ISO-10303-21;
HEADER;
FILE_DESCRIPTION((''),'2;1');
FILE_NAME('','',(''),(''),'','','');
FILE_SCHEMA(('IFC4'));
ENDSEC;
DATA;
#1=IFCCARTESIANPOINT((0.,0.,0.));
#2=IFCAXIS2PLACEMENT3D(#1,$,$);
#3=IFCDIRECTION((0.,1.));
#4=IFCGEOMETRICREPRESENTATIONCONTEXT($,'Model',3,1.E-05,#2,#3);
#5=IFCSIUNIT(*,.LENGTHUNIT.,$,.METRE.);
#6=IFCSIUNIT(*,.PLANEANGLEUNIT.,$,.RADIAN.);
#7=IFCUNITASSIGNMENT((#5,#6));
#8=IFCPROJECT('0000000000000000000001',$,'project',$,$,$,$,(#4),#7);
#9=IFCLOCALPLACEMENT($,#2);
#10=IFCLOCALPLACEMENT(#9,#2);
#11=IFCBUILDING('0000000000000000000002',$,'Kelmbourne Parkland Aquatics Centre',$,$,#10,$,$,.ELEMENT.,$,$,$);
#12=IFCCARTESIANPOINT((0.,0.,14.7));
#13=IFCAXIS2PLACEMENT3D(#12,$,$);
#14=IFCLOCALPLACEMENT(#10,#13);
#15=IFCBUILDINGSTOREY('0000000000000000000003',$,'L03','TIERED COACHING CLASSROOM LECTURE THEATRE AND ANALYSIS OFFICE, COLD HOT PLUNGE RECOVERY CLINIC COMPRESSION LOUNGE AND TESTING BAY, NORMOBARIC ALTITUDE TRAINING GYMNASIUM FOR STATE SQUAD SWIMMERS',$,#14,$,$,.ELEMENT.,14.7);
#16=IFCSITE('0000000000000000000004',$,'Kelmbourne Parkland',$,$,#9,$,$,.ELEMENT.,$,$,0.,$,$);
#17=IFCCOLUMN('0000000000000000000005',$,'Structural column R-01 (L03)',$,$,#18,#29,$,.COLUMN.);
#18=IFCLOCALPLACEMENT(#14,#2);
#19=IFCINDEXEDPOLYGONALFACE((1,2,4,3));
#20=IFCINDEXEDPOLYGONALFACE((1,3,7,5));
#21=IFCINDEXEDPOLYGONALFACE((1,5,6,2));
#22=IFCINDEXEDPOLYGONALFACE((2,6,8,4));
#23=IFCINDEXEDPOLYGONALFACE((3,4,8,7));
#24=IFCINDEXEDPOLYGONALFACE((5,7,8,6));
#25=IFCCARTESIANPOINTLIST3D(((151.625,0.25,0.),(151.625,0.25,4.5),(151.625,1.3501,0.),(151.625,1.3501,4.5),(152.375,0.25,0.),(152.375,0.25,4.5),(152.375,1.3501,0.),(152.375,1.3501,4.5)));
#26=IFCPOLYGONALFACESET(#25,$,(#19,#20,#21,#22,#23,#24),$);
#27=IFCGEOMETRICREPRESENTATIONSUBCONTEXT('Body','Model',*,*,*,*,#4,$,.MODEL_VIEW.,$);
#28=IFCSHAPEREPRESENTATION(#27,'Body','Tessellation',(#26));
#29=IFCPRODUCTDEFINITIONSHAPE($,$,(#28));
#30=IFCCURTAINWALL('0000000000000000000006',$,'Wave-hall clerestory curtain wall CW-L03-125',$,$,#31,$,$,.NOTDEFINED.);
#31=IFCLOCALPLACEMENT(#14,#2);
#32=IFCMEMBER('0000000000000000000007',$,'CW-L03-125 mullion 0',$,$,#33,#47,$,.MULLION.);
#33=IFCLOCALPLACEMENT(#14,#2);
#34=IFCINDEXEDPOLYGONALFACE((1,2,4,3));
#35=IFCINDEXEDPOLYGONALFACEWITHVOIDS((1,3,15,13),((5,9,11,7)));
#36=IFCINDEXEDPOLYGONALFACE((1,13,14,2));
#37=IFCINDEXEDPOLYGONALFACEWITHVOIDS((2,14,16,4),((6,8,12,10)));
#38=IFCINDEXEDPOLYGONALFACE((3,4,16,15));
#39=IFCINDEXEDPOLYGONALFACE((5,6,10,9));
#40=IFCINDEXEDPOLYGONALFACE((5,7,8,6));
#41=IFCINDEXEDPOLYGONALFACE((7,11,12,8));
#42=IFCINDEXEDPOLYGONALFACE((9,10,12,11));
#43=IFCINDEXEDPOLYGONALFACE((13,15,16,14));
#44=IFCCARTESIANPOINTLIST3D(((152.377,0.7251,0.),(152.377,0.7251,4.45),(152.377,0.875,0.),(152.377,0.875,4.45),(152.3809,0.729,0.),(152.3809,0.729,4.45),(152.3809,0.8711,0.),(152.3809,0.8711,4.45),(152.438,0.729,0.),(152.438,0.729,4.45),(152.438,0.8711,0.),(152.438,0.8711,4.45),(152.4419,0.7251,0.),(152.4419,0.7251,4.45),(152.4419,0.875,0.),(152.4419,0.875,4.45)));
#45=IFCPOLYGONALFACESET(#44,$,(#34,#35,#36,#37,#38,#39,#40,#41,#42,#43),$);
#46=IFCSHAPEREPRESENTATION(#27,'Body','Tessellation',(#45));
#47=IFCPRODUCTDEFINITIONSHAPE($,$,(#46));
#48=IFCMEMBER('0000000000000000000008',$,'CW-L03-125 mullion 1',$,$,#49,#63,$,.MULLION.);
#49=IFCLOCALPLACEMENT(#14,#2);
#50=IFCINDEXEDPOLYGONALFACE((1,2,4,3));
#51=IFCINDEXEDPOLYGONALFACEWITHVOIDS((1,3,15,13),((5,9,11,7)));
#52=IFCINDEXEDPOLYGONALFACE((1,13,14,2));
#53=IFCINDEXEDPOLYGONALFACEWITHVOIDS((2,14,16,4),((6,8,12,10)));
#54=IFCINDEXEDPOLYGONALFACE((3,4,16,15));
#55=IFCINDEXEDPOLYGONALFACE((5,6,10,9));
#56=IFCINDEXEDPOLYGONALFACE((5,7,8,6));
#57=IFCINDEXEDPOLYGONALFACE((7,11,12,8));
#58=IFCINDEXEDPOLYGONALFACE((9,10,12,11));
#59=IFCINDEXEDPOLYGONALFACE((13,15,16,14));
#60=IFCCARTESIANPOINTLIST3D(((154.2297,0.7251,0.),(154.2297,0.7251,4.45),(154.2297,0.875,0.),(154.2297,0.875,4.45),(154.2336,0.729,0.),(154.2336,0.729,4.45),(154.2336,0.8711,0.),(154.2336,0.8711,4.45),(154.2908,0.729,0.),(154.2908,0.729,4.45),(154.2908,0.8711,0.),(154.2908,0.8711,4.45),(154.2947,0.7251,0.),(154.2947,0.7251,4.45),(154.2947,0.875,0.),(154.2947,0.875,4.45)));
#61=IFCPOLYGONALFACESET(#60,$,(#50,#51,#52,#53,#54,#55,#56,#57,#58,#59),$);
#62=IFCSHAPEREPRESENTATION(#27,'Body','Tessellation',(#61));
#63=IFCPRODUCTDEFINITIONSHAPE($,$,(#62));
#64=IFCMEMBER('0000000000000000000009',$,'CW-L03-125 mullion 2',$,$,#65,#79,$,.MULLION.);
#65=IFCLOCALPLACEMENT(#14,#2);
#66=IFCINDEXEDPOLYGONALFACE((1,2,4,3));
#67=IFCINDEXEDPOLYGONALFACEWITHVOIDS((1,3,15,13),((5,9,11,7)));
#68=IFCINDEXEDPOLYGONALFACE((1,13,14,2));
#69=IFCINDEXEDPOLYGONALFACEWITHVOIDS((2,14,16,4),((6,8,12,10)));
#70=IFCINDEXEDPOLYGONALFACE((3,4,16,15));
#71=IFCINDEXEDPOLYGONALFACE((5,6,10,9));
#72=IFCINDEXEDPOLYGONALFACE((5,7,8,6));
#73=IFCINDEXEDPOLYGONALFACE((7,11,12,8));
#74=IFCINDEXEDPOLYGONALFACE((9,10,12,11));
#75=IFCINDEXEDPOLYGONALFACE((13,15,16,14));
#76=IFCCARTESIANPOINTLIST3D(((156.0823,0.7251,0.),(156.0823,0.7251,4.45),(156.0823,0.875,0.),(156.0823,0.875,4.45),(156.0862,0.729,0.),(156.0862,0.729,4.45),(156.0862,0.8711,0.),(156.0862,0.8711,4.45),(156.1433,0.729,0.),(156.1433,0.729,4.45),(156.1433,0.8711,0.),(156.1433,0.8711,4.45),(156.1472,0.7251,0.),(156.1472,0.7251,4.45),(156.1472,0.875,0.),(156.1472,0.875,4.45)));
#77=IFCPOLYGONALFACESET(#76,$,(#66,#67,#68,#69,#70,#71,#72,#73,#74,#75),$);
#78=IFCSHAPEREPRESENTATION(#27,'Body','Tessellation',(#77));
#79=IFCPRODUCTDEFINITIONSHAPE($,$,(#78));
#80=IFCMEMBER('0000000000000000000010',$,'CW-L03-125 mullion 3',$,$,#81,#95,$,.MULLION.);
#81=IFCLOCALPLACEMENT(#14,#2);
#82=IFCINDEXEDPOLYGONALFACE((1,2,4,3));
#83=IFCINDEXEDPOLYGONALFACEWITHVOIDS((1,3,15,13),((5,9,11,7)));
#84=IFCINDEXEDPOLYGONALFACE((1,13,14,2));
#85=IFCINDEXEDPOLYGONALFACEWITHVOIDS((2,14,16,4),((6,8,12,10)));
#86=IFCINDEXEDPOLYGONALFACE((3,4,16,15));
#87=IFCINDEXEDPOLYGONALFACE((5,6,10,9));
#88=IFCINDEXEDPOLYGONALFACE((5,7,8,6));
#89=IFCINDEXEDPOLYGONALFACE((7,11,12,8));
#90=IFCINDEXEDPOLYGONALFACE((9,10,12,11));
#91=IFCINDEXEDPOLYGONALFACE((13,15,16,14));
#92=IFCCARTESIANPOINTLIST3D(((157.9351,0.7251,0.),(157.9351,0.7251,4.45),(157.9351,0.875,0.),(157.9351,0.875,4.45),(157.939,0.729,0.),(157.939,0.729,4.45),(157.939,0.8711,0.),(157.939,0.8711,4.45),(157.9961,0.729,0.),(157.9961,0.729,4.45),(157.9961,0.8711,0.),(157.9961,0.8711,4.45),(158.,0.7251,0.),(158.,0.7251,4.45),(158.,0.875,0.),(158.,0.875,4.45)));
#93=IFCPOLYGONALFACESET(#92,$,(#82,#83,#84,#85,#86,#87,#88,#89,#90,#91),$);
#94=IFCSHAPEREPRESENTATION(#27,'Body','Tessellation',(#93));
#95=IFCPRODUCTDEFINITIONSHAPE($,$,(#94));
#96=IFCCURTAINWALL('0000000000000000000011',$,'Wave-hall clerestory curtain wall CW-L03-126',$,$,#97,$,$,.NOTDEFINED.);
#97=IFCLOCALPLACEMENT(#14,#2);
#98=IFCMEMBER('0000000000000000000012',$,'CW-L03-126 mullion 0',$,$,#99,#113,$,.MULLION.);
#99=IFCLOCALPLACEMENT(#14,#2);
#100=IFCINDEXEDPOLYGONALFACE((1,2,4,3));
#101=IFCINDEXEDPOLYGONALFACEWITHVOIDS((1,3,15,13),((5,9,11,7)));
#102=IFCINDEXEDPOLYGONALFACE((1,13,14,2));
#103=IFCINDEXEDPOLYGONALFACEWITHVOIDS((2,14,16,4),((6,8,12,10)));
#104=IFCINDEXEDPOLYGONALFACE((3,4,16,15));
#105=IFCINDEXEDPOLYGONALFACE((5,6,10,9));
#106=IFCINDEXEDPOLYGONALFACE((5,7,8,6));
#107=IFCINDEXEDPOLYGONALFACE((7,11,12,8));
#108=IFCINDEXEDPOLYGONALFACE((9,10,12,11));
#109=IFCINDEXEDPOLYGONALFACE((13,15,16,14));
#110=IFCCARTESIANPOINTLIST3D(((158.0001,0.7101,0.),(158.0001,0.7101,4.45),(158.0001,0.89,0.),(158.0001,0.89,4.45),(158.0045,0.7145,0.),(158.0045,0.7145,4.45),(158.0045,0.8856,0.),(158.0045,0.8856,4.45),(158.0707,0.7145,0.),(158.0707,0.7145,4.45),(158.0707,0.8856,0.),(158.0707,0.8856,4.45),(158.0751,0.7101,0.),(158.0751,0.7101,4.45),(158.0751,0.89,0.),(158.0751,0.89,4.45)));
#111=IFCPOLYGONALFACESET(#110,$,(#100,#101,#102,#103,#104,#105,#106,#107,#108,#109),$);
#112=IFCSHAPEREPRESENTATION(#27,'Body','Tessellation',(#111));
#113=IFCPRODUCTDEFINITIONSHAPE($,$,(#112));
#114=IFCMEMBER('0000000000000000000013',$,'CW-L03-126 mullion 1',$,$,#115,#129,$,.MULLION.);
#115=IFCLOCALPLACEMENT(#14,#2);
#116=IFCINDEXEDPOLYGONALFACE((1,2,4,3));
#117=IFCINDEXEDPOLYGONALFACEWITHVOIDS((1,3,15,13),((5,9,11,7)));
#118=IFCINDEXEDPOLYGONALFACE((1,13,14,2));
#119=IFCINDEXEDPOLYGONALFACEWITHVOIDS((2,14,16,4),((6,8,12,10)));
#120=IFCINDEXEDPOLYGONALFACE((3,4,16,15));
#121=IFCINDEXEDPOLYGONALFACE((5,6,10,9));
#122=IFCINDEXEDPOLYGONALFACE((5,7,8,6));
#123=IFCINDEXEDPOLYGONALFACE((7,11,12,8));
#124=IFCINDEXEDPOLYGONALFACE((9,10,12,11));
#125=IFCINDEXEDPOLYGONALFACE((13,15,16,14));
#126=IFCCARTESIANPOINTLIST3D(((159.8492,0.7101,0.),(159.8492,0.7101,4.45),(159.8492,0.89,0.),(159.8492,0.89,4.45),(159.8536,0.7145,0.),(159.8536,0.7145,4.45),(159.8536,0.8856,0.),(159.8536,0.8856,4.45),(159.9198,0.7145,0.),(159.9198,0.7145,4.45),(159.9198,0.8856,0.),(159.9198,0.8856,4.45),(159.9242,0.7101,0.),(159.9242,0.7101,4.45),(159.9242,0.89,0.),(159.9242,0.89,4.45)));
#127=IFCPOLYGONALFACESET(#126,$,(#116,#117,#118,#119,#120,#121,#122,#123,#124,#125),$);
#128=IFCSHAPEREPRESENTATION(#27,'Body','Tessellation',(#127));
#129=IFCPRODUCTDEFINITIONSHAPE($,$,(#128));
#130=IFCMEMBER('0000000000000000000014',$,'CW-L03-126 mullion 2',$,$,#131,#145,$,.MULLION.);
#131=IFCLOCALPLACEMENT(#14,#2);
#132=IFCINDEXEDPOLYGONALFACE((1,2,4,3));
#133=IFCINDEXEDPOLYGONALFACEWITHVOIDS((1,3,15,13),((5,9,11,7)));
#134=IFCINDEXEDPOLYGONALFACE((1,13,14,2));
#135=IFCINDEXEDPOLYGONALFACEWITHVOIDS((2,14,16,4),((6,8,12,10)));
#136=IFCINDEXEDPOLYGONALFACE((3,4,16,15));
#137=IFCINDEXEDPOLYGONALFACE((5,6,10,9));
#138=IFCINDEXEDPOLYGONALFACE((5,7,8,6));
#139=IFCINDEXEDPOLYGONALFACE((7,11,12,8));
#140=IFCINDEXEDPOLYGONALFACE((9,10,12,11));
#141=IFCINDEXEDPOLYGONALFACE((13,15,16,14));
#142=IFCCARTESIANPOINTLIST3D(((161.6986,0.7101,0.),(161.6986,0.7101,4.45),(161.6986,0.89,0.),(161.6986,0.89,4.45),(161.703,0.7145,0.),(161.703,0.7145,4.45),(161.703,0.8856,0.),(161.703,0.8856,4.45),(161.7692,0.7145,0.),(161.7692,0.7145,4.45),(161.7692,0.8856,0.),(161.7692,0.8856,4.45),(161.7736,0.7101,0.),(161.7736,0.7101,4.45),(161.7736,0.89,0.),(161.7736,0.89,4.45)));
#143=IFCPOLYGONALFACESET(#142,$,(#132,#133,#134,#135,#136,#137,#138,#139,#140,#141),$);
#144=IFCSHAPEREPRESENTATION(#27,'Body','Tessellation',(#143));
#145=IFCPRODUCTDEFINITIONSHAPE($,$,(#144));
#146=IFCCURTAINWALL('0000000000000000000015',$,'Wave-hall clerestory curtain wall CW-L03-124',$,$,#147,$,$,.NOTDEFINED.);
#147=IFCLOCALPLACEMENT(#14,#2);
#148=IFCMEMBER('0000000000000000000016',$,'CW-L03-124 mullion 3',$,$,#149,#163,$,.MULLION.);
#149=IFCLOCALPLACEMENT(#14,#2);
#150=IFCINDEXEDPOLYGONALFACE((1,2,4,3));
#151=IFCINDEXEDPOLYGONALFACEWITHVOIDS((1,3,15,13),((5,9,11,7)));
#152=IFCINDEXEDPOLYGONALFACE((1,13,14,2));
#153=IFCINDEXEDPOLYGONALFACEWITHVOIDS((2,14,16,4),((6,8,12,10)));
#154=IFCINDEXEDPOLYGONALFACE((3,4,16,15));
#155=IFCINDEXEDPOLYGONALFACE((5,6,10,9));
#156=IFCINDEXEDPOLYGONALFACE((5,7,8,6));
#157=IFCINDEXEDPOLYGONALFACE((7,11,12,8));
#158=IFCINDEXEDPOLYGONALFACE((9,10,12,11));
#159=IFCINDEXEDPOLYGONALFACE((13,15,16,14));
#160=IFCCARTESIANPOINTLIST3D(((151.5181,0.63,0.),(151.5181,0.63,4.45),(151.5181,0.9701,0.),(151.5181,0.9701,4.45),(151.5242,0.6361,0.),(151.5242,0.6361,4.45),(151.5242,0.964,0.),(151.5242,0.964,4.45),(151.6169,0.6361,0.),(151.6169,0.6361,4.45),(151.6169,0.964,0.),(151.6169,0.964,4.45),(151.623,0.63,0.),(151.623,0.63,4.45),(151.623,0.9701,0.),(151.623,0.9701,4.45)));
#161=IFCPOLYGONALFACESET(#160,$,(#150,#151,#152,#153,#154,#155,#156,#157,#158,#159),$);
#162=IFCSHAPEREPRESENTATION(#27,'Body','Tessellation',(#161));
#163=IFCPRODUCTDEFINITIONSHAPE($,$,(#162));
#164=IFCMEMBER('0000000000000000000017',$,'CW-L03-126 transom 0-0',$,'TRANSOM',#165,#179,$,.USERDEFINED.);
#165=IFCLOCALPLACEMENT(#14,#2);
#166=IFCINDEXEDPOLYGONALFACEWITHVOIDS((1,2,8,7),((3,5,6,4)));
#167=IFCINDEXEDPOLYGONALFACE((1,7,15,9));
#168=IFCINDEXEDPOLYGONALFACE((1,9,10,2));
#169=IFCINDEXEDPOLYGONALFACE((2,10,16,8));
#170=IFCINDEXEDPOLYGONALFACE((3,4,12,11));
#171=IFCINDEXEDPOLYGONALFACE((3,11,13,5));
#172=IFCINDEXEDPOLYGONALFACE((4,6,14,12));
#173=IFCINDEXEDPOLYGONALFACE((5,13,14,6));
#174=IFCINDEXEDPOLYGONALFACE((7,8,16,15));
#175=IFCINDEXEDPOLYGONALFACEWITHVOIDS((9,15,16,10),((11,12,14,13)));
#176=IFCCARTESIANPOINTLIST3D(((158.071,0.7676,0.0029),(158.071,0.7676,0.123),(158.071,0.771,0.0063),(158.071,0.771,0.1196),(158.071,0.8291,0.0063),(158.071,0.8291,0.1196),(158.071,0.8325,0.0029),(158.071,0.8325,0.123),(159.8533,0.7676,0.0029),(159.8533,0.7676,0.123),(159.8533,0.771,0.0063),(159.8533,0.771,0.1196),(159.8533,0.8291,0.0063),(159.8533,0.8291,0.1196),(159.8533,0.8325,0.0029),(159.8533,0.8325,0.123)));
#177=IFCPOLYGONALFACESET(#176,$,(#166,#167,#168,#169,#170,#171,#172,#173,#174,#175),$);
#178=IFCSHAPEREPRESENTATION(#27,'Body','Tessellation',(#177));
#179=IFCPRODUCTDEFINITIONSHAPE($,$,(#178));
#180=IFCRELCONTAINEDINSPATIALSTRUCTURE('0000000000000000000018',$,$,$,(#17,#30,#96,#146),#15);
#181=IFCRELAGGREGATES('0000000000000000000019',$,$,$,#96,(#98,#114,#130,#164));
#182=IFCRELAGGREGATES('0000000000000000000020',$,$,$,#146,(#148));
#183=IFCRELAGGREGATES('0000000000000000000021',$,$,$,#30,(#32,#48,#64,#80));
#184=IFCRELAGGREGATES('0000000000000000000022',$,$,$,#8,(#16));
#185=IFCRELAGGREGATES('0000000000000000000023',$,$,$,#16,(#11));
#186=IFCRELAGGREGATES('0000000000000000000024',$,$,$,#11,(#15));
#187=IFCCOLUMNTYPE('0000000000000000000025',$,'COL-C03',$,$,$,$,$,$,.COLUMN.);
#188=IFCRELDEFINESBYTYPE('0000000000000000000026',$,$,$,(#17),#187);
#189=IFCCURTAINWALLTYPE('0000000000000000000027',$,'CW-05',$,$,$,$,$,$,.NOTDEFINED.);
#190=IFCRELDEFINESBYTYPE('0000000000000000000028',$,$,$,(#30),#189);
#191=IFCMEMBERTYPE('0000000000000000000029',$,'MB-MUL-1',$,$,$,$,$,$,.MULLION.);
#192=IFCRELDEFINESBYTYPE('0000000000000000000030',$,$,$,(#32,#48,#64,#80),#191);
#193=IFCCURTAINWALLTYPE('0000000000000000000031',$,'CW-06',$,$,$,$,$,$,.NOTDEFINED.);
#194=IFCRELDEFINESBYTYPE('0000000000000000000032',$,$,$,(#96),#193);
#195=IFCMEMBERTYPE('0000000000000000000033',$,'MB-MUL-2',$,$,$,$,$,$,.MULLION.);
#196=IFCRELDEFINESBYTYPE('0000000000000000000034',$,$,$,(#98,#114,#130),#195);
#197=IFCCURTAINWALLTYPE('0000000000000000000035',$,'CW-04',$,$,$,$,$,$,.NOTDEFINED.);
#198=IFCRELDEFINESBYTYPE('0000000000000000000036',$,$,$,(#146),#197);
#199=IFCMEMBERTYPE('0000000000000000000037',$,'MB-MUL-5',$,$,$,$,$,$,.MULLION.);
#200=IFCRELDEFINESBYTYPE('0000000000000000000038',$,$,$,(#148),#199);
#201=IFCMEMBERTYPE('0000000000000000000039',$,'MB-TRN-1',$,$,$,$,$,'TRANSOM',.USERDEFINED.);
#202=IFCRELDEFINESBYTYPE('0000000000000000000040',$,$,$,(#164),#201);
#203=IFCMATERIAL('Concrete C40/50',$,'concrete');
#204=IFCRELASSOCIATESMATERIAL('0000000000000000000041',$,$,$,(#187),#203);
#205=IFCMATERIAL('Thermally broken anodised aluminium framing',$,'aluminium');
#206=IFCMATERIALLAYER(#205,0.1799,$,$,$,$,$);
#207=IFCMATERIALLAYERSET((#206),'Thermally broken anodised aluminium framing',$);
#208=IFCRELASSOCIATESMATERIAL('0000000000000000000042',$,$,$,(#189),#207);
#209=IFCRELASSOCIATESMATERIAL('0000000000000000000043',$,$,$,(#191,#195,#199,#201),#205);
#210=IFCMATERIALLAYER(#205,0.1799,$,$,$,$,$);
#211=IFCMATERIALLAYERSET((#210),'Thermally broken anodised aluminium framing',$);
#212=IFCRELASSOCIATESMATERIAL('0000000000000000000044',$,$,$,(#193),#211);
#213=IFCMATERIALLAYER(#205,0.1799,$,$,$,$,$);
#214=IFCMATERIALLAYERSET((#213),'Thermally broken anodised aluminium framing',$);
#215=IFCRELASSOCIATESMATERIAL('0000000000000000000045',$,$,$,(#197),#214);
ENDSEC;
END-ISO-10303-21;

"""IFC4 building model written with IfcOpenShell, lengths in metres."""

from ifc_helpers import new_model, si_unit, direction, frame, origin, origin_2d, place, context, subcontext, project, spatial, rectangle, hollow_rectangle, extrude, material, layer, layer_set, material_profile, profile_set, type_object, element, aggregate, save


model = new_model("IFC4")

# Units and contexts
model_context = context("Model", 3, precision=1e-05, world=origin(), true_north=direction((0.0, 1.0)))
body_context = subcontext(model_context, "Body", "Model", "MODEL_VIEW")
ifc_project = project(units=[si_unit("LENGTHUNIT", "METRE"), si_unit("PLANEANGLEUNIT", "RADIAN")], contexts=[model_context])

# Site, building, storey
site_placement = place(None, origin())
site = spatial("IfcSite", under=ifc_project, at=site_placement, Name="Kelmbourne Parkland", CompositionType="ELEMENT", RefElevation=0.0)
building_placement = place(site_placement, origin())
building = spatial("IfcBuilding", under=site, at=building_placement, Name="Kelmbourne Parkland Aquatics Centre", CompositionType="ELEMENT")
storey_placement = place(building_placement, frame((0.0, 0.0, 14.7)))
storey = spatial("IfcBuildingStorey", under=building, at=storey_placement, Name="L03", Description="TIERED COACHING CLASSROOM LECTURE THEATRE AND ANALYSIS OFFICE, COLD HOT PLUNGE RECOVERY CLINIC COMPRESSION LOUNGE AND TESTING BAY, NORMOBARIC ALTITUDE TRAINING GYMNASIUM FOR STATE SQUAD SWIMMERS", CompositionType="ELEMENT", Elevation=14.7)

# Column
ifc_material_1 = material(Name="Concrete C40/50", Category="concrete")
ifc_material_profile_1 = material_profile(ifc_material_1, rectangle(XDim=0.75, YDim=1.1001, at=origin_2d()), Name="RC 750x1100")
ifc_profile_set_1 = profile_set([ifc_material_profile_1], Name="Concrete C40/50")
column_type = type_object("IfcColumnType", Name="COL-C03", PredefinedType="COLUMN", material=ifc_profile_set_1)
column_placement = place(storey_placement, frame((152.0, 0.8, 0.0), z_axis=(0.0, 0.0, 1.0), x_axis=(1.0, 0.0, 0.0)))
element("IfcColumn", 1, at=column_placement, inside=storey, type_object=column_type, Name="Structural column R-01 (L03)", PredefinedType="COLUMN", context=body_context, shape_type="SweptSolid", body=[
    extrude(rectangle(XDim=0.75, YDim=1.1001, at=origin_2d()), origin(), (0.0, 0.0, 1.0), 4.5),
])

# Curtain walls, members
ifc_material_2 = material(Name="Thermally broken anodised aluminium framing", Category="aluminium")
ifc_layer_1 = layer(ifc_material_2, 0.1799)
ifc_layer_set_1 = layer_set([ifc_layer_1], Name="Thermally broken anodised aluminium framing")
curtain_wall_type_1 = type_object("IfcCurtainWallType", Name="CW-05", PredefinedType="NOTDEFINED", material=ifc_layer_set_1)
curtain_wall_1_placement = place(storey_placement, origin())
curtain_wall_1 = element("IfcCurtainWall", 2, at=curtain_wall_1_placement, inside=storey, type_object=curtain_wall_type_1, Name="Wave-hall clerestory curtain wall CW-L03-125", PredefinedType="NOTDEFINED")
ifc_material_profile_2 = material_profile(ifc_material_2, hollow_rectangle(XDim=0.0649, YDim=0.1499, WallThickness=0.0039, at=origin_2d()), Name="CW-M 65x150")
ifc_profile_set_2 = profile_set([ifc_material_profile_2], Name="Thermally broken anodised aluminium framing")
member_type_1 = type_object("IfcMemberType", Name="MB-MUL-1", PredefinedType="MULLION", material=ifc_profile_set_2)
member_1_placement = place(storey_placement, frame((152.4094, 0.8, 0.0), z_axis=(0.0, 0.0, 1.0), x_axis=(1.0, 0.0, 0.0)))
member_1 = element("IfcMember", 3, at=member_1_placement, type_object=member_type_1, Name="CW-L03-125 mullion 0", PredefinedType="MULLION", context=body_context, shape_type="SweptSolid", body=[
    extrude(hollow_rectangle(XDim=0.0649, YDim=0.1499, WallThickness=0.0039, at=origin_2d()), origin(), (0.0, 0.0, 1.0), 4.45),
])
member_2_placement = place(storey_placement, frame((154.2622, 0.8, 0.0), z_axis=(0.0, 0.0, 1.0), x_axis=(1.0, 0.0, 0.0)))
member_2 = element("IfcMember", 4, at=member_2_placement, type_object=member_type_1, Name="CW-L03-125 mullion 1", PredefinedType="MULLION", context=body_context, shape_type="SweptSolid", body=[
    extrude(hollow_rectangle(XDim=0.0649, YDim=0.1499, WallThickness=0.0039, at=origin_2d()), origin(), (0.0, 0.0, 1.0), 4.45),
])
member_3_placement = place(storey_placement, frame((156.1147, 0.8, 0.0), z_axis=(0.0, 0.0, 1.0), x_axis=(1.0, 0.0, 0.0)))
member_3 = element("IfcMember", 5, at=member_3_placement, type_object=member_type_1, Name="CW-L03-125 mullion 2", PredefinedType="MULLION", context=body_context, shape_type="SweptSolid", body=[
    extrude(hollow_rectangle(XDim=0.0649, YDim=0.1499, WallThickness=0.0039, at=origin_2d()), origin(), (0.0, 0.0, 1.0), 4.45),
])
member_4_placement = place(storey_placement, frame((157.9675, 0.8, 0.0), z_axis=(0.0, 0.0, 1.0), x_axis=(1.0, 0.0, 0.0)))
member_4 = element("IfcMember", 6, at=member_4_placement, type_object=member_type_1, Name="CW-L03-125 mullion 3", PredefinedType="MULLION", context=body_context, shape_type="SweptSolid", body=[
    extrude(hollow_rectangle(XDim=0.0649, YDim=0.1499, WallThickness=0.0039, at=origin_2d()), origin(), (0.0, 0.0, 1.0), 4.45),
])
ifc_layer_2 = layer(ifc_material_2, 0.1799)
ifc_layer_set_2 = layer_set([ifc_layer_2], Name="Thermally broken anodised aluminium framing")
curtain_wall_type_2 = type_object("IfcCurtainWallType", Name="CW-06", PredefinedType="NOTDEFINED", material=ifc_layer_set_2)
curtain_wall_2_placement = place(storey_placement, origin())
curtain_wall_2 = element("IfcCurtainWall", 7, at=curtain_wall_2_placement, inside=storey, type_object=curtain_wall_type_2, Name="Wave-hall clerestory curtain wall CW-L03-126", PredefinedType="NOTDEFINED")
ifc_material_profile_3 = material_profile(ifc_material_2, hollow_rectangle(XDim=0.075, YDim=0.1799, WallThickness=0.0044, at=origin_2d()), Name="CW-M 75x180")
ifc_profile_set_3 = profile_set([ifc_material_profile_3], Name="Thermally broken anodised aluminium framing")
member_type_2 = type_object("IfcMemberType", Name="MB-MUL-2", PredefinedType="MULLION", material=ifc_profile_set_3)
member_5_placement = place(storey_placement, frame((158.0376, 0.8, 0.0), z_axis=(0.0, 0.0, 1.0), x_axis=(1.0, 0.0, 0.0)))
member_5 = element("IfcMember", 8, at=member_5_placement, type_object=member_type_2, Name="CW-L03-126 mullion 0", PredefinedType="MULLION", context=body_context, shape_type="SweptSolid", body=[
    extrude(hollow_rectangle(XDim=0.075, YDim=0.1799, WallThickness=0.0044, at=origin_2d()), origin(), (0.0, 0.0, 1.0), 4.45),
])
member_6_placement = place(storey_placement, frame((159.8867, 0.8, 0.0), z_axis=(0.0, 0.0, 1.0), x_axis=(1.0, 0.0, 0.0)))
member_6 = element("IfcMember", 9, at=member_6_placement, type_object=member_type_2, Name="CW-L03-126 mullion 1", PredefinedType="MULLION", context=body_context, shape_type="SweptSolid", body=[
    extrude(hollow_rectangle(XDim=0.075, YDim=0.1799, WallThickness=0.0044, at=origin_2d()), origin(), (0.0, 0.0, 1.0), 4.45),
])
member_7_placement = place(storey_placement, frame((161.7361, 0.8, 0.0), z_axis=(0.0, 0.0, 1.0), x_axis=(1.0, 0.0, 0.0)))
member_7 = element("IfcMember", 10, at=member_7_placement, type_object=member_type_2, Name="CW-L03-126 mullion 2", PredefinedType="MULLION", context=body_context, shape_type="SweptSolid", body=[
    extrude(hollow_rectangle(XDim=0.075, YDim=0.1799, WallThickness=0.0044, at=origin_2d()), origin(), (0.0, 0.0, 1.0), 4.45),
])

# Curtain wall, member
ifc_layer_3 = layer(ifc_material_2, 0.1799)
ifc_layer_set_3 = layer_set([ifc_layer_3], Name="Thermally broken anodised aluminium framing")
curtain_wall_type_3 = type_object("IfcCurtainWallType", Name="CW-04", PredefinedType="NOTDEFINED", material=ifc_layer_set_3)
curtain_wall_3_placement = place(storey_placement, origin())
curtain_wall_3 = element("IfcCurtainWall", 11, at=curtain_wall_3_placement, inside=storey, type_object=curtain_wall_type_3, Name="Wave-hall clerestory curtain wall CW-L03-124", PredefinedType="NOTDEFINED")
ifc_material_profile_4 = material_profile(ifc_material_2, hollow_rectangle(XDim=0.105, YDim=0.3401, WallThickness=0.0061, at=origin_2d()), Name="CW-M 105x340")
ifc_profile_set_4 = profile_set([ifc_material_profile_4], Name="Thermally broken anodised aluminium framing")
member_type_3 = type_object("IfcMemberType", Name="MB-MUL-5", PredefinedType="MULLION", material=ifc_profile_set_4)
member_8_placement = place(storey_placement, frame((151.5706, 0.8, 0.0), z_axis=(0.0, 0.0, 1.0), x_axis=(1.0, 0.0, 0.0)))
member_8 = element("IfcMember", 12, at=member_8_placement, type_object=member_type_3, Name="CW-L03-124 mullion 3", PredefinedType="MULLION", context=body_context, shape_type="SweptSolid", body=[
    extrude(hollow_rectangle(XDim=0.105, YDim=0.3401, WallThickness=0.0061, at=origin_2d()), origin(), (0.0, 0.0, 1.0), 4.45),
])

# Member
ifc_material_profile_5 = material_profile(ifc_material_2, hollow_rectangle(XDim=0.0649, YDim=0.1201, WallThickness=0.0034, at=origin_2d()), Name="CW-T 65x120")
ifc_profile_set_5 = profile_set([ifc_material_profile_5], Name="Thermally broken anodised aluminium framing")
member_type_4 = type_object("IfcMemberType", Name="MB-TRN-1", ElementType="TRANSOM", PredefinedType="USERDEFINED", material=ifc_profile_set_5)
member_9_placement = place(storey_placement, frame((158.071, 0.8, 0.063), z_axis=(1.0, 0.0, 0.0), x_axis=(0.0, 1.0, 0.0)))
member_9 = element("IfcMember", 13, at=member_9_placement, type_object=member_type_4, Name="CW-L03-126 transom 0-0", ObjectType="TRANSOM", PredefinedType="USERDEFINED", context=body_context, shape_type="SweptSolid", body=[
    extrude(hollow_rectangle(XDim=0.0649, YDim=0.1201, WallThickness=0.0034, at=origin_2d()), origin(), (0.0, 0.0, 1.0), 1.7822),
])

aggregate(curtain_wall_2, [member_5, member_6, member_7, member_9])
aggregate(curtain_wall_3, [member_8])
aggregate(curtain_wall_1, [member_1, member_2, member_3, member_4])

save(model, "model.ifc")
